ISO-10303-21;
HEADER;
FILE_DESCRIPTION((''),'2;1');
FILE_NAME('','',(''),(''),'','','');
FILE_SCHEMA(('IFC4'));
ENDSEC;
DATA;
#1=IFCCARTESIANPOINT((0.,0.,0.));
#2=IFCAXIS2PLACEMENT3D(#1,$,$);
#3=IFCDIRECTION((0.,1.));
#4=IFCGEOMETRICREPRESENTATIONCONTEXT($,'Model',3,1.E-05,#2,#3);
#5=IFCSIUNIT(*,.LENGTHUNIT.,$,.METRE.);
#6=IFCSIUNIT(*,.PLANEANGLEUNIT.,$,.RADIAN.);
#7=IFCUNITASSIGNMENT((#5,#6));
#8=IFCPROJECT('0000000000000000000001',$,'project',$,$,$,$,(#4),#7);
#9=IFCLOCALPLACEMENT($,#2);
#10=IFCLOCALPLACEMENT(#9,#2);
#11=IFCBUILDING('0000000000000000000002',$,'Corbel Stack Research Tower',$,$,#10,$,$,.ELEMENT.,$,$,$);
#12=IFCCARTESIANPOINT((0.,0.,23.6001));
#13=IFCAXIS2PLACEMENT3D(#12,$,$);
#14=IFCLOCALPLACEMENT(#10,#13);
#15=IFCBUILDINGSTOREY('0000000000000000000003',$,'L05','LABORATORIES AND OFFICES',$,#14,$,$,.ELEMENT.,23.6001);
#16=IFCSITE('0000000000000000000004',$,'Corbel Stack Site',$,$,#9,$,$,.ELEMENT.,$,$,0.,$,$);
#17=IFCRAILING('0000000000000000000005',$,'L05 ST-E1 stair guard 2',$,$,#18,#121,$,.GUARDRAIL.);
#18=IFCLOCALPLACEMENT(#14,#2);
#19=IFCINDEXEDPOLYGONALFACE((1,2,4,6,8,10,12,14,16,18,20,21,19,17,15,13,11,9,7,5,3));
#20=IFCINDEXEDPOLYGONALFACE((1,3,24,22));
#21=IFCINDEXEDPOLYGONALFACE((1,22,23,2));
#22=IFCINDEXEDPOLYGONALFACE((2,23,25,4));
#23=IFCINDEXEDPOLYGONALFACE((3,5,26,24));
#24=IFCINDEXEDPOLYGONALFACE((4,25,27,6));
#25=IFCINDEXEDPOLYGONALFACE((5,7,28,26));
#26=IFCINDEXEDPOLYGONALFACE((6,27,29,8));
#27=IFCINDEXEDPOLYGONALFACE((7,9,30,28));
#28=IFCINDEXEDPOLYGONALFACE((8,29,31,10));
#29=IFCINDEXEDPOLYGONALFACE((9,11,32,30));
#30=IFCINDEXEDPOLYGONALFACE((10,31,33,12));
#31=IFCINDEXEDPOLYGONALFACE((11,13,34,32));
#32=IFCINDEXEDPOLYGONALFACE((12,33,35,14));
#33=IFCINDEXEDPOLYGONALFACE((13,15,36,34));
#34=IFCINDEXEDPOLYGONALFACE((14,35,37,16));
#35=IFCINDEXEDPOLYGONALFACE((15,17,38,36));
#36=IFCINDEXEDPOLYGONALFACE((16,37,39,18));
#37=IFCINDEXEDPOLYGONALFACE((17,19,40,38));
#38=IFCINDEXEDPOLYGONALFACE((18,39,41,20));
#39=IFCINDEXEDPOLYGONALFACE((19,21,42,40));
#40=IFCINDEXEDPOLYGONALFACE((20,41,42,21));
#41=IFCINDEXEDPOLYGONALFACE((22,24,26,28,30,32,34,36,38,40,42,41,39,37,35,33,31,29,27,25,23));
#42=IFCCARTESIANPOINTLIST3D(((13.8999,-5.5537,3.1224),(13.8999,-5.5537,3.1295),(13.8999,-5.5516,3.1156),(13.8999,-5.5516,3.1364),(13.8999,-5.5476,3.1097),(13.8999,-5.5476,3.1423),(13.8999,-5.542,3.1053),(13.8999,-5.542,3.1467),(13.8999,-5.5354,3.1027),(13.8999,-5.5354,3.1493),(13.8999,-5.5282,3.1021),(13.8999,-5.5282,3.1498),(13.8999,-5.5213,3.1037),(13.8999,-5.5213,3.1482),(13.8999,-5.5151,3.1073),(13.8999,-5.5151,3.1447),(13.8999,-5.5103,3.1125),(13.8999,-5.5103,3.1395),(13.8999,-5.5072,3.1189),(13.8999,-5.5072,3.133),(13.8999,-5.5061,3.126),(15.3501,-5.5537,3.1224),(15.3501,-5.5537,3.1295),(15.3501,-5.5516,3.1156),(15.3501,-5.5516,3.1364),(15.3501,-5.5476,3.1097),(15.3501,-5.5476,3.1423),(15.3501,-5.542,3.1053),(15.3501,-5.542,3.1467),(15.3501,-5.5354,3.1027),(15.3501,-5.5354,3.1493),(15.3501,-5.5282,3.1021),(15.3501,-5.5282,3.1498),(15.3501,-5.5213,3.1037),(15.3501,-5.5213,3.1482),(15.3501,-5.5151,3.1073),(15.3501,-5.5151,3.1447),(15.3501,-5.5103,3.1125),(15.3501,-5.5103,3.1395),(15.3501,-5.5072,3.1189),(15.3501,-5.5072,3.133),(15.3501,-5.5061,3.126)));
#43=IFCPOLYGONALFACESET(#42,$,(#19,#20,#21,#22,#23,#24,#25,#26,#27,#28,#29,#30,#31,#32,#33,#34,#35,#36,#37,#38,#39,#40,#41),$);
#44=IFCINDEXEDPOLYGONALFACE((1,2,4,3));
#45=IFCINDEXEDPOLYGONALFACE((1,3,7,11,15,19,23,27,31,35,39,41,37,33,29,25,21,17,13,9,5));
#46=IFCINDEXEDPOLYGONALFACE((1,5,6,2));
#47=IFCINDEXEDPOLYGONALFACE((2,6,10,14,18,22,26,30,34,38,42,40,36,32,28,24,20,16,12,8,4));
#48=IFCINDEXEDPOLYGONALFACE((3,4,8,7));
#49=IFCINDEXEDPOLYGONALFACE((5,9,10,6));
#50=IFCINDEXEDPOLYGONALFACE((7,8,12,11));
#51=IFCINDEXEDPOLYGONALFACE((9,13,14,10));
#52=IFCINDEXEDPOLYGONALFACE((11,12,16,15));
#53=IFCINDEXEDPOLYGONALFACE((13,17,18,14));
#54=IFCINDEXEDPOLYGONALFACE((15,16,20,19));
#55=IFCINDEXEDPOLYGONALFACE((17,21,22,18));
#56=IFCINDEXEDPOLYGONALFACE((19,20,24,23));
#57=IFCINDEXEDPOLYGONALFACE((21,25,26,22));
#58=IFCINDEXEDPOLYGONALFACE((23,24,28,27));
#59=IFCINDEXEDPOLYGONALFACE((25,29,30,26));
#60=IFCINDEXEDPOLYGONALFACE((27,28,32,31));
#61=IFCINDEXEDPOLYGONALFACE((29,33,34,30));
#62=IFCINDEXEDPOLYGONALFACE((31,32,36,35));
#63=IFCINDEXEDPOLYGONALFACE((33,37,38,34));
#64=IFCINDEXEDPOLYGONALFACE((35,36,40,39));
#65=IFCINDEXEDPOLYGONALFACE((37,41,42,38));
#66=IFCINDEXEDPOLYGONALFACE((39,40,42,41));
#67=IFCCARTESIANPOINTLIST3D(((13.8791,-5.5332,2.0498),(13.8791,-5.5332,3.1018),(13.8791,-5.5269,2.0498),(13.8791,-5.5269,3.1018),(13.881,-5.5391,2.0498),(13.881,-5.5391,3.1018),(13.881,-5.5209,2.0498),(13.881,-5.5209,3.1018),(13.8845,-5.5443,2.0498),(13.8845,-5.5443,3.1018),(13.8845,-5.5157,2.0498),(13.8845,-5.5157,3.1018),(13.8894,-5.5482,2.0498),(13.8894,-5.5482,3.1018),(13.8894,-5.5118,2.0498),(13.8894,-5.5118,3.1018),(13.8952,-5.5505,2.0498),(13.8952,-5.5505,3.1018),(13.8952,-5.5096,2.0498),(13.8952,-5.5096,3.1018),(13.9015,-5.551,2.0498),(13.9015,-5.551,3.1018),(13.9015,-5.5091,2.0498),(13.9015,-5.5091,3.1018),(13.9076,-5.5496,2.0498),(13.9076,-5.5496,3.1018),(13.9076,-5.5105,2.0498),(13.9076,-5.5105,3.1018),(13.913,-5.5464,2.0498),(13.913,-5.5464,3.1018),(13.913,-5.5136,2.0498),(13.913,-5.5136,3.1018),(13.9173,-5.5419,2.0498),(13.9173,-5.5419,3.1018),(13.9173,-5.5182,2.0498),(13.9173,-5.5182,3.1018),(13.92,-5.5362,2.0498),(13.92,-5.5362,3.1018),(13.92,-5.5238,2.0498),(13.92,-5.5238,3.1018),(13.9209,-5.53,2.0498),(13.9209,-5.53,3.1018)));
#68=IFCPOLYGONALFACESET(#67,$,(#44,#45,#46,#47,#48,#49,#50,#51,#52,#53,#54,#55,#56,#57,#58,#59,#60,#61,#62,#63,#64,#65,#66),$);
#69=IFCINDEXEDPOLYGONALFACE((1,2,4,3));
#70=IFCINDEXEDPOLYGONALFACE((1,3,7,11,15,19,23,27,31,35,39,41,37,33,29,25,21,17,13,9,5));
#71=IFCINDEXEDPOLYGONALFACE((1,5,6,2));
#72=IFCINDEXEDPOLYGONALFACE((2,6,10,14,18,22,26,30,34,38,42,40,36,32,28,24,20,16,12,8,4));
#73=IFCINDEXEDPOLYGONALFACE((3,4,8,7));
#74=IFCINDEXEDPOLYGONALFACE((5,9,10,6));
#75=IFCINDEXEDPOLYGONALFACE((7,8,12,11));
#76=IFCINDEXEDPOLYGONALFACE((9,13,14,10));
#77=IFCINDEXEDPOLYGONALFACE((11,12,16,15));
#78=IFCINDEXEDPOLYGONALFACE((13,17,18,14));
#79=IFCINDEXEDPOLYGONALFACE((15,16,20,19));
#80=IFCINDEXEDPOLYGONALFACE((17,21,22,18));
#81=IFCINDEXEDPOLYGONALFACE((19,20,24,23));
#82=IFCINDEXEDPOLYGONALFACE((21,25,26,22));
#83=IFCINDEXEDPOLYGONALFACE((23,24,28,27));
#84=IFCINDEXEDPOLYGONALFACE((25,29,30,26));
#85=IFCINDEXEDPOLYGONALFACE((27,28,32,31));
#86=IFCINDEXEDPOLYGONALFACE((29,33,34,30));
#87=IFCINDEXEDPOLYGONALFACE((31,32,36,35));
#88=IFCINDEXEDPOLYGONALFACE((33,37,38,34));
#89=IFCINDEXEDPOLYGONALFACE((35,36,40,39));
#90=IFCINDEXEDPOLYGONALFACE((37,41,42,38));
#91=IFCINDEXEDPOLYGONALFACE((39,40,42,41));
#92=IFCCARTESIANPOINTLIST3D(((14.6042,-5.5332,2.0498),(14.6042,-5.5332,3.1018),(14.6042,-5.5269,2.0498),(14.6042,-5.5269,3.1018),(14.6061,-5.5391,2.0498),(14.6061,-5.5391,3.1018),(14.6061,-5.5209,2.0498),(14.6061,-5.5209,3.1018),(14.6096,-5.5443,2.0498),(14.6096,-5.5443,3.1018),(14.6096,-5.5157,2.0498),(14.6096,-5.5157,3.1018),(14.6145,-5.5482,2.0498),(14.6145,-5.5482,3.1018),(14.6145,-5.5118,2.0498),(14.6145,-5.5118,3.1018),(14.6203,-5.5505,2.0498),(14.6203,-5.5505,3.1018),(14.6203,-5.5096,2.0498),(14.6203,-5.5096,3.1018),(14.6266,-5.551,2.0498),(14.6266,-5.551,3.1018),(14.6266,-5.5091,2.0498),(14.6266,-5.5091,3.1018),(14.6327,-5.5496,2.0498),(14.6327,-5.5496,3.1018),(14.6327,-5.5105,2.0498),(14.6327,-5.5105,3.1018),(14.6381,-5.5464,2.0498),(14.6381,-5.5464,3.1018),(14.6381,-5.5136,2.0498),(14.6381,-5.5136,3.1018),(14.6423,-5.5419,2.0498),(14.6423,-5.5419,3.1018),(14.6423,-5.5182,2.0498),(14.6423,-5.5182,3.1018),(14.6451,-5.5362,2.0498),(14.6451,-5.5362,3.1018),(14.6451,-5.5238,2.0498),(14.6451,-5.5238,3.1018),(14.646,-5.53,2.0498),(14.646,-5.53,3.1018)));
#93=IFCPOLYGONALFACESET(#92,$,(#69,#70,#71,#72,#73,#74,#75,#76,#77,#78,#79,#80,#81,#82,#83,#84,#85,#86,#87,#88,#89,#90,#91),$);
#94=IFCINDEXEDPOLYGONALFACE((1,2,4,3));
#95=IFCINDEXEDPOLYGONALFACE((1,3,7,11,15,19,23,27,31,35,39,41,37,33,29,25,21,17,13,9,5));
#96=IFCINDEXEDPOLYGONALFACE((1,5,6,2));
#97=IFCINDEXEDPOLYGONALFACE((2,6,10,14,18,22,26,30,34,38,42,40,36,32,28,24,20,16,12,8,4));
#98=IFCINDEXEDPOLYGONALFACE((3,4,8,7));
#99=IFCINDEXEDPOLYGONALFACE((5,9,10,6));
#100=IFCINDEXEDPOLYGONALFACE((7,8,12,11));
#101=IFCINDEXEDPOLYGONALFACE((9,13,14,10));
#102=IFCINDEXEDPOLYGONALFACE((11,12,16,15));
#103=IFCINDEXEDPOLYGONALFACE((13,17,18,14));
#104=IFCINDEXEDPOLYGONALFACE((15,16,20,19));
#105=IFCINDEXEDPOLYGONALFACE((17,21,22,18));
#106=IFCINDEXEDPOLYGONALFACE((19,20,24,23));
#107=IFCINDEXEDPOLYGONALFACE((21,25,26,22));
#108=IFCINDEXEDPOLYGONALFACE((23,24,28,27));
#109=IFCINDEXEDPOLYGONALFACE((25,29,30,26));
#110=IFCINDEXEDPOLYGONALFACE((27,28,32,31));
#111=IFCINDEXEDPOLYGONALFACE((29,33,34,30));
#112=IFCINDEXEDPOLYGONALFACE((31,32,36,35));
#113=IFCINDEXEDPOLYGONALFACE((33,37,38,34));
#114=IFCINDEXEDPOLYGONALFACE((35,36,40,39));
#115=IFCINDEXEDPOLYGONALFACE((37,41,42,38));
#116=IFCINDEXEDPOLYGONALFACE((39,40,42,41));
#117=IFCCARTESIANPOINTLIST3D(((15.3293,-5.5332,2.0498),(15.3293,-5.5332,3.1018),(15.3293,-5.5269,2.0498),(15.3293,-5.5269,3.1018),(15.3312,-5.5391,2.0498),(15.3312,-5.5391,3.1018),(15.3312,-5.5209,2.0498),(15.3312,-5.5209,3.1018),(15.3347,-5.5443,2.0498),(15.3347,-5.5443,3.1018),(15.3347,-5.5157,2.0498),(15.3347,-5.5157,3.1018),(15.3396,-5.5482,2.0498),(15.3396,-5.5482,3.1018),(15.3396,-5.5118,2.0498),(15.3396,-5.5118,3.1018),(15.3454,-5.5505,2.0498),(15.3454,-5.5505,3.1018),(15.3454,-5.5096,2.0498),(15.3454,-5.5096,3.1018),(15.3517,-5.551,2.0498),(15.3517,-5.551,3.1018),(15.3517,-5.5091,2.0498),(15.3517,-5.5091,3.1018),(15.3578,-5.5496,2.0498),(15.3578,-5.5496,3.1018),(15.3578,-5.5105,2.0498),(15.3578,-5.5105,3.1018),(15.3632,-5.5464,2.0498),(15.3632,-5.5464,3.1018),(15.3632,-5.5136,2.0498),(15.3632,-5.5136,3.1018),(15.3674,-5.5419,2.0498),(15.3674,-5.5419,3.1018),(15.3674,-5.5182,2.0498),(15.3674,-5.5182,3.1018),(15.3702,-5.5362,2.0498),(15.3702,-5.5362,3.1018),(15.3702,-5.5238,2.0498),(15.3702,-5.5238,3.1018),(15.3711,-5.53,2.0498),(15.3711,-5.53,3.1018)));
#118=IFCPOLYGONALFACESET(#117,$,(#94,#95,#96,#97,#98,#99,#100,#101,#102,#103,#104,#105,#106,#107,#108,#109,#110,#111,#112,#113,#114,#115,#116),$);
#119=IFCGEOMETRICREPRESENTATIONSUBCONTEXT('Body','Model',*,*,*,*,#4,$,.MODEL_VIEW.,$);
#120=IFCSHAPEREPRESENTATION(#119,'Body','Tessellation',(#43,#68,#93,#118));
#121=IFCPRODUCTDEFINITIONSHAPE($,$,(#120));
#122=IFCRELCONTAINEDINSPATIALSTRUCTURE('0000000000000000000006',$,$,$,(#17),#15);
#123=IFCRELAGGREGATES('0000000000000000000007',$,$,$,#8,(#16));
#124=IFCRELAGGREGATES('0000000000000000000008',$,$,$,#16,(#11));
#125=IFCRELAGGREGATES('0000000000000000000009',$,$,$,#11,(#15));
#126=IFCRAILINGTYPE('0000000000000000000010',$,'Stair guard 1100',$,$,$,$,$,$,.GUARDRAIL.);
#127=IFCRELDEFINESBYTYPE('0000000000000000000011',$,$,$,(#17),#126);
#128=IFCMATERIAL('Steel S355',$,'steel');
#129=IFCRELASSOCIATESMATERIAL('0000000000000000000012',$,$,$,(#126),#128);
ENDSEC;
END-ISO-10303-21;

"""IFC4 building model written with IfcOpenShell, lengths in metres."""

from ifc_helpers import new_model, si_unit, direction, frame, origin, origin_2d, place, context, subcontext, project, spatial, circle, extrude, material, type_object, element, save


model = new_model("IFC4")

# Units and contexts
model_context = context("Model", 3, precision=1e-05, world=origin(), true_north=direction((0.0, 1.0)))
body_context = subcontext(model_context, "Body", "Model", "MODEL_VIEW")
ifc_project = project(units=[si_unit("LENGTHUNIT", "METRE"), si_unit("PLANEANGLEUNIT", "RADIAN")], contexts=[model_context])

# Site, building, storey
site_placement = place(None, origin())
site = spatial("IfcSite", under=ifc_project, at=site_placement, Name="Corbel Stack Site", CompositionType="ELEMENT", RefElevation=0.0)
building_placement = place(site_placement, origin())
building = spatial("IfcBuilding", under=site, at=building_placement, Name="Corbel Stack Research Tower", CompositionType="ELEMENT")
storey_placement = place(building_placement, frame((0.0, 0.0, 23.6001)))
storey = spatial("IfcBuildingStorey", under=building, at=storey_placement, Name="L05", Description="LABORATORIES AND OFFICES", CompositionType="ELEMENT", Elevation=23.6001)

# Railing
ifc_material_1 = material(Name="Steel S355", Category="steel")
railing_type = type_object("IfcRailingType", Name="Stair guard 1100", PredefinedType="GUARDRAIL", material=ifc_material_1)
railing_placement = place(storey_placement, frame((13.8999, -5.53, 2.0498)))
element("IfcRailing", 1, at=railing_placement, inside=storey, type_object=railing_type, Name="L05 ST-E1 stair guard 2", PredefinedType="GUARDRAIL", context=body_context, shape_type="SweptSolid", body=[
    extrude(circle(Radius=0.0239, at=origin_2d()), frame((0.0, 0.0, 1.0762), z_axis=(1.0, 0.0, 0.0), x_axis=(0.0, 1.0, 0.0)), (0.0, 0.0, 1.0), 1.4502),
    extrude(circle(Radius=0.021, at=origin_2d()), origin(), (0.0, 0.0, 1.0), 1.052),
    extrude(circle(Radius=0.021, at=origin_2d()), frame((0.7251, 0.0, 0.0)), (0.0, 0.0, 1.0), 1.052),
    extrude(circle(Radius=0.021, at=origin_2d()), frame((1.4502, 0.0, 0.0)), (0.0, 0.0, 1.0), 1.052),
])

save(model, "model.ifc")
